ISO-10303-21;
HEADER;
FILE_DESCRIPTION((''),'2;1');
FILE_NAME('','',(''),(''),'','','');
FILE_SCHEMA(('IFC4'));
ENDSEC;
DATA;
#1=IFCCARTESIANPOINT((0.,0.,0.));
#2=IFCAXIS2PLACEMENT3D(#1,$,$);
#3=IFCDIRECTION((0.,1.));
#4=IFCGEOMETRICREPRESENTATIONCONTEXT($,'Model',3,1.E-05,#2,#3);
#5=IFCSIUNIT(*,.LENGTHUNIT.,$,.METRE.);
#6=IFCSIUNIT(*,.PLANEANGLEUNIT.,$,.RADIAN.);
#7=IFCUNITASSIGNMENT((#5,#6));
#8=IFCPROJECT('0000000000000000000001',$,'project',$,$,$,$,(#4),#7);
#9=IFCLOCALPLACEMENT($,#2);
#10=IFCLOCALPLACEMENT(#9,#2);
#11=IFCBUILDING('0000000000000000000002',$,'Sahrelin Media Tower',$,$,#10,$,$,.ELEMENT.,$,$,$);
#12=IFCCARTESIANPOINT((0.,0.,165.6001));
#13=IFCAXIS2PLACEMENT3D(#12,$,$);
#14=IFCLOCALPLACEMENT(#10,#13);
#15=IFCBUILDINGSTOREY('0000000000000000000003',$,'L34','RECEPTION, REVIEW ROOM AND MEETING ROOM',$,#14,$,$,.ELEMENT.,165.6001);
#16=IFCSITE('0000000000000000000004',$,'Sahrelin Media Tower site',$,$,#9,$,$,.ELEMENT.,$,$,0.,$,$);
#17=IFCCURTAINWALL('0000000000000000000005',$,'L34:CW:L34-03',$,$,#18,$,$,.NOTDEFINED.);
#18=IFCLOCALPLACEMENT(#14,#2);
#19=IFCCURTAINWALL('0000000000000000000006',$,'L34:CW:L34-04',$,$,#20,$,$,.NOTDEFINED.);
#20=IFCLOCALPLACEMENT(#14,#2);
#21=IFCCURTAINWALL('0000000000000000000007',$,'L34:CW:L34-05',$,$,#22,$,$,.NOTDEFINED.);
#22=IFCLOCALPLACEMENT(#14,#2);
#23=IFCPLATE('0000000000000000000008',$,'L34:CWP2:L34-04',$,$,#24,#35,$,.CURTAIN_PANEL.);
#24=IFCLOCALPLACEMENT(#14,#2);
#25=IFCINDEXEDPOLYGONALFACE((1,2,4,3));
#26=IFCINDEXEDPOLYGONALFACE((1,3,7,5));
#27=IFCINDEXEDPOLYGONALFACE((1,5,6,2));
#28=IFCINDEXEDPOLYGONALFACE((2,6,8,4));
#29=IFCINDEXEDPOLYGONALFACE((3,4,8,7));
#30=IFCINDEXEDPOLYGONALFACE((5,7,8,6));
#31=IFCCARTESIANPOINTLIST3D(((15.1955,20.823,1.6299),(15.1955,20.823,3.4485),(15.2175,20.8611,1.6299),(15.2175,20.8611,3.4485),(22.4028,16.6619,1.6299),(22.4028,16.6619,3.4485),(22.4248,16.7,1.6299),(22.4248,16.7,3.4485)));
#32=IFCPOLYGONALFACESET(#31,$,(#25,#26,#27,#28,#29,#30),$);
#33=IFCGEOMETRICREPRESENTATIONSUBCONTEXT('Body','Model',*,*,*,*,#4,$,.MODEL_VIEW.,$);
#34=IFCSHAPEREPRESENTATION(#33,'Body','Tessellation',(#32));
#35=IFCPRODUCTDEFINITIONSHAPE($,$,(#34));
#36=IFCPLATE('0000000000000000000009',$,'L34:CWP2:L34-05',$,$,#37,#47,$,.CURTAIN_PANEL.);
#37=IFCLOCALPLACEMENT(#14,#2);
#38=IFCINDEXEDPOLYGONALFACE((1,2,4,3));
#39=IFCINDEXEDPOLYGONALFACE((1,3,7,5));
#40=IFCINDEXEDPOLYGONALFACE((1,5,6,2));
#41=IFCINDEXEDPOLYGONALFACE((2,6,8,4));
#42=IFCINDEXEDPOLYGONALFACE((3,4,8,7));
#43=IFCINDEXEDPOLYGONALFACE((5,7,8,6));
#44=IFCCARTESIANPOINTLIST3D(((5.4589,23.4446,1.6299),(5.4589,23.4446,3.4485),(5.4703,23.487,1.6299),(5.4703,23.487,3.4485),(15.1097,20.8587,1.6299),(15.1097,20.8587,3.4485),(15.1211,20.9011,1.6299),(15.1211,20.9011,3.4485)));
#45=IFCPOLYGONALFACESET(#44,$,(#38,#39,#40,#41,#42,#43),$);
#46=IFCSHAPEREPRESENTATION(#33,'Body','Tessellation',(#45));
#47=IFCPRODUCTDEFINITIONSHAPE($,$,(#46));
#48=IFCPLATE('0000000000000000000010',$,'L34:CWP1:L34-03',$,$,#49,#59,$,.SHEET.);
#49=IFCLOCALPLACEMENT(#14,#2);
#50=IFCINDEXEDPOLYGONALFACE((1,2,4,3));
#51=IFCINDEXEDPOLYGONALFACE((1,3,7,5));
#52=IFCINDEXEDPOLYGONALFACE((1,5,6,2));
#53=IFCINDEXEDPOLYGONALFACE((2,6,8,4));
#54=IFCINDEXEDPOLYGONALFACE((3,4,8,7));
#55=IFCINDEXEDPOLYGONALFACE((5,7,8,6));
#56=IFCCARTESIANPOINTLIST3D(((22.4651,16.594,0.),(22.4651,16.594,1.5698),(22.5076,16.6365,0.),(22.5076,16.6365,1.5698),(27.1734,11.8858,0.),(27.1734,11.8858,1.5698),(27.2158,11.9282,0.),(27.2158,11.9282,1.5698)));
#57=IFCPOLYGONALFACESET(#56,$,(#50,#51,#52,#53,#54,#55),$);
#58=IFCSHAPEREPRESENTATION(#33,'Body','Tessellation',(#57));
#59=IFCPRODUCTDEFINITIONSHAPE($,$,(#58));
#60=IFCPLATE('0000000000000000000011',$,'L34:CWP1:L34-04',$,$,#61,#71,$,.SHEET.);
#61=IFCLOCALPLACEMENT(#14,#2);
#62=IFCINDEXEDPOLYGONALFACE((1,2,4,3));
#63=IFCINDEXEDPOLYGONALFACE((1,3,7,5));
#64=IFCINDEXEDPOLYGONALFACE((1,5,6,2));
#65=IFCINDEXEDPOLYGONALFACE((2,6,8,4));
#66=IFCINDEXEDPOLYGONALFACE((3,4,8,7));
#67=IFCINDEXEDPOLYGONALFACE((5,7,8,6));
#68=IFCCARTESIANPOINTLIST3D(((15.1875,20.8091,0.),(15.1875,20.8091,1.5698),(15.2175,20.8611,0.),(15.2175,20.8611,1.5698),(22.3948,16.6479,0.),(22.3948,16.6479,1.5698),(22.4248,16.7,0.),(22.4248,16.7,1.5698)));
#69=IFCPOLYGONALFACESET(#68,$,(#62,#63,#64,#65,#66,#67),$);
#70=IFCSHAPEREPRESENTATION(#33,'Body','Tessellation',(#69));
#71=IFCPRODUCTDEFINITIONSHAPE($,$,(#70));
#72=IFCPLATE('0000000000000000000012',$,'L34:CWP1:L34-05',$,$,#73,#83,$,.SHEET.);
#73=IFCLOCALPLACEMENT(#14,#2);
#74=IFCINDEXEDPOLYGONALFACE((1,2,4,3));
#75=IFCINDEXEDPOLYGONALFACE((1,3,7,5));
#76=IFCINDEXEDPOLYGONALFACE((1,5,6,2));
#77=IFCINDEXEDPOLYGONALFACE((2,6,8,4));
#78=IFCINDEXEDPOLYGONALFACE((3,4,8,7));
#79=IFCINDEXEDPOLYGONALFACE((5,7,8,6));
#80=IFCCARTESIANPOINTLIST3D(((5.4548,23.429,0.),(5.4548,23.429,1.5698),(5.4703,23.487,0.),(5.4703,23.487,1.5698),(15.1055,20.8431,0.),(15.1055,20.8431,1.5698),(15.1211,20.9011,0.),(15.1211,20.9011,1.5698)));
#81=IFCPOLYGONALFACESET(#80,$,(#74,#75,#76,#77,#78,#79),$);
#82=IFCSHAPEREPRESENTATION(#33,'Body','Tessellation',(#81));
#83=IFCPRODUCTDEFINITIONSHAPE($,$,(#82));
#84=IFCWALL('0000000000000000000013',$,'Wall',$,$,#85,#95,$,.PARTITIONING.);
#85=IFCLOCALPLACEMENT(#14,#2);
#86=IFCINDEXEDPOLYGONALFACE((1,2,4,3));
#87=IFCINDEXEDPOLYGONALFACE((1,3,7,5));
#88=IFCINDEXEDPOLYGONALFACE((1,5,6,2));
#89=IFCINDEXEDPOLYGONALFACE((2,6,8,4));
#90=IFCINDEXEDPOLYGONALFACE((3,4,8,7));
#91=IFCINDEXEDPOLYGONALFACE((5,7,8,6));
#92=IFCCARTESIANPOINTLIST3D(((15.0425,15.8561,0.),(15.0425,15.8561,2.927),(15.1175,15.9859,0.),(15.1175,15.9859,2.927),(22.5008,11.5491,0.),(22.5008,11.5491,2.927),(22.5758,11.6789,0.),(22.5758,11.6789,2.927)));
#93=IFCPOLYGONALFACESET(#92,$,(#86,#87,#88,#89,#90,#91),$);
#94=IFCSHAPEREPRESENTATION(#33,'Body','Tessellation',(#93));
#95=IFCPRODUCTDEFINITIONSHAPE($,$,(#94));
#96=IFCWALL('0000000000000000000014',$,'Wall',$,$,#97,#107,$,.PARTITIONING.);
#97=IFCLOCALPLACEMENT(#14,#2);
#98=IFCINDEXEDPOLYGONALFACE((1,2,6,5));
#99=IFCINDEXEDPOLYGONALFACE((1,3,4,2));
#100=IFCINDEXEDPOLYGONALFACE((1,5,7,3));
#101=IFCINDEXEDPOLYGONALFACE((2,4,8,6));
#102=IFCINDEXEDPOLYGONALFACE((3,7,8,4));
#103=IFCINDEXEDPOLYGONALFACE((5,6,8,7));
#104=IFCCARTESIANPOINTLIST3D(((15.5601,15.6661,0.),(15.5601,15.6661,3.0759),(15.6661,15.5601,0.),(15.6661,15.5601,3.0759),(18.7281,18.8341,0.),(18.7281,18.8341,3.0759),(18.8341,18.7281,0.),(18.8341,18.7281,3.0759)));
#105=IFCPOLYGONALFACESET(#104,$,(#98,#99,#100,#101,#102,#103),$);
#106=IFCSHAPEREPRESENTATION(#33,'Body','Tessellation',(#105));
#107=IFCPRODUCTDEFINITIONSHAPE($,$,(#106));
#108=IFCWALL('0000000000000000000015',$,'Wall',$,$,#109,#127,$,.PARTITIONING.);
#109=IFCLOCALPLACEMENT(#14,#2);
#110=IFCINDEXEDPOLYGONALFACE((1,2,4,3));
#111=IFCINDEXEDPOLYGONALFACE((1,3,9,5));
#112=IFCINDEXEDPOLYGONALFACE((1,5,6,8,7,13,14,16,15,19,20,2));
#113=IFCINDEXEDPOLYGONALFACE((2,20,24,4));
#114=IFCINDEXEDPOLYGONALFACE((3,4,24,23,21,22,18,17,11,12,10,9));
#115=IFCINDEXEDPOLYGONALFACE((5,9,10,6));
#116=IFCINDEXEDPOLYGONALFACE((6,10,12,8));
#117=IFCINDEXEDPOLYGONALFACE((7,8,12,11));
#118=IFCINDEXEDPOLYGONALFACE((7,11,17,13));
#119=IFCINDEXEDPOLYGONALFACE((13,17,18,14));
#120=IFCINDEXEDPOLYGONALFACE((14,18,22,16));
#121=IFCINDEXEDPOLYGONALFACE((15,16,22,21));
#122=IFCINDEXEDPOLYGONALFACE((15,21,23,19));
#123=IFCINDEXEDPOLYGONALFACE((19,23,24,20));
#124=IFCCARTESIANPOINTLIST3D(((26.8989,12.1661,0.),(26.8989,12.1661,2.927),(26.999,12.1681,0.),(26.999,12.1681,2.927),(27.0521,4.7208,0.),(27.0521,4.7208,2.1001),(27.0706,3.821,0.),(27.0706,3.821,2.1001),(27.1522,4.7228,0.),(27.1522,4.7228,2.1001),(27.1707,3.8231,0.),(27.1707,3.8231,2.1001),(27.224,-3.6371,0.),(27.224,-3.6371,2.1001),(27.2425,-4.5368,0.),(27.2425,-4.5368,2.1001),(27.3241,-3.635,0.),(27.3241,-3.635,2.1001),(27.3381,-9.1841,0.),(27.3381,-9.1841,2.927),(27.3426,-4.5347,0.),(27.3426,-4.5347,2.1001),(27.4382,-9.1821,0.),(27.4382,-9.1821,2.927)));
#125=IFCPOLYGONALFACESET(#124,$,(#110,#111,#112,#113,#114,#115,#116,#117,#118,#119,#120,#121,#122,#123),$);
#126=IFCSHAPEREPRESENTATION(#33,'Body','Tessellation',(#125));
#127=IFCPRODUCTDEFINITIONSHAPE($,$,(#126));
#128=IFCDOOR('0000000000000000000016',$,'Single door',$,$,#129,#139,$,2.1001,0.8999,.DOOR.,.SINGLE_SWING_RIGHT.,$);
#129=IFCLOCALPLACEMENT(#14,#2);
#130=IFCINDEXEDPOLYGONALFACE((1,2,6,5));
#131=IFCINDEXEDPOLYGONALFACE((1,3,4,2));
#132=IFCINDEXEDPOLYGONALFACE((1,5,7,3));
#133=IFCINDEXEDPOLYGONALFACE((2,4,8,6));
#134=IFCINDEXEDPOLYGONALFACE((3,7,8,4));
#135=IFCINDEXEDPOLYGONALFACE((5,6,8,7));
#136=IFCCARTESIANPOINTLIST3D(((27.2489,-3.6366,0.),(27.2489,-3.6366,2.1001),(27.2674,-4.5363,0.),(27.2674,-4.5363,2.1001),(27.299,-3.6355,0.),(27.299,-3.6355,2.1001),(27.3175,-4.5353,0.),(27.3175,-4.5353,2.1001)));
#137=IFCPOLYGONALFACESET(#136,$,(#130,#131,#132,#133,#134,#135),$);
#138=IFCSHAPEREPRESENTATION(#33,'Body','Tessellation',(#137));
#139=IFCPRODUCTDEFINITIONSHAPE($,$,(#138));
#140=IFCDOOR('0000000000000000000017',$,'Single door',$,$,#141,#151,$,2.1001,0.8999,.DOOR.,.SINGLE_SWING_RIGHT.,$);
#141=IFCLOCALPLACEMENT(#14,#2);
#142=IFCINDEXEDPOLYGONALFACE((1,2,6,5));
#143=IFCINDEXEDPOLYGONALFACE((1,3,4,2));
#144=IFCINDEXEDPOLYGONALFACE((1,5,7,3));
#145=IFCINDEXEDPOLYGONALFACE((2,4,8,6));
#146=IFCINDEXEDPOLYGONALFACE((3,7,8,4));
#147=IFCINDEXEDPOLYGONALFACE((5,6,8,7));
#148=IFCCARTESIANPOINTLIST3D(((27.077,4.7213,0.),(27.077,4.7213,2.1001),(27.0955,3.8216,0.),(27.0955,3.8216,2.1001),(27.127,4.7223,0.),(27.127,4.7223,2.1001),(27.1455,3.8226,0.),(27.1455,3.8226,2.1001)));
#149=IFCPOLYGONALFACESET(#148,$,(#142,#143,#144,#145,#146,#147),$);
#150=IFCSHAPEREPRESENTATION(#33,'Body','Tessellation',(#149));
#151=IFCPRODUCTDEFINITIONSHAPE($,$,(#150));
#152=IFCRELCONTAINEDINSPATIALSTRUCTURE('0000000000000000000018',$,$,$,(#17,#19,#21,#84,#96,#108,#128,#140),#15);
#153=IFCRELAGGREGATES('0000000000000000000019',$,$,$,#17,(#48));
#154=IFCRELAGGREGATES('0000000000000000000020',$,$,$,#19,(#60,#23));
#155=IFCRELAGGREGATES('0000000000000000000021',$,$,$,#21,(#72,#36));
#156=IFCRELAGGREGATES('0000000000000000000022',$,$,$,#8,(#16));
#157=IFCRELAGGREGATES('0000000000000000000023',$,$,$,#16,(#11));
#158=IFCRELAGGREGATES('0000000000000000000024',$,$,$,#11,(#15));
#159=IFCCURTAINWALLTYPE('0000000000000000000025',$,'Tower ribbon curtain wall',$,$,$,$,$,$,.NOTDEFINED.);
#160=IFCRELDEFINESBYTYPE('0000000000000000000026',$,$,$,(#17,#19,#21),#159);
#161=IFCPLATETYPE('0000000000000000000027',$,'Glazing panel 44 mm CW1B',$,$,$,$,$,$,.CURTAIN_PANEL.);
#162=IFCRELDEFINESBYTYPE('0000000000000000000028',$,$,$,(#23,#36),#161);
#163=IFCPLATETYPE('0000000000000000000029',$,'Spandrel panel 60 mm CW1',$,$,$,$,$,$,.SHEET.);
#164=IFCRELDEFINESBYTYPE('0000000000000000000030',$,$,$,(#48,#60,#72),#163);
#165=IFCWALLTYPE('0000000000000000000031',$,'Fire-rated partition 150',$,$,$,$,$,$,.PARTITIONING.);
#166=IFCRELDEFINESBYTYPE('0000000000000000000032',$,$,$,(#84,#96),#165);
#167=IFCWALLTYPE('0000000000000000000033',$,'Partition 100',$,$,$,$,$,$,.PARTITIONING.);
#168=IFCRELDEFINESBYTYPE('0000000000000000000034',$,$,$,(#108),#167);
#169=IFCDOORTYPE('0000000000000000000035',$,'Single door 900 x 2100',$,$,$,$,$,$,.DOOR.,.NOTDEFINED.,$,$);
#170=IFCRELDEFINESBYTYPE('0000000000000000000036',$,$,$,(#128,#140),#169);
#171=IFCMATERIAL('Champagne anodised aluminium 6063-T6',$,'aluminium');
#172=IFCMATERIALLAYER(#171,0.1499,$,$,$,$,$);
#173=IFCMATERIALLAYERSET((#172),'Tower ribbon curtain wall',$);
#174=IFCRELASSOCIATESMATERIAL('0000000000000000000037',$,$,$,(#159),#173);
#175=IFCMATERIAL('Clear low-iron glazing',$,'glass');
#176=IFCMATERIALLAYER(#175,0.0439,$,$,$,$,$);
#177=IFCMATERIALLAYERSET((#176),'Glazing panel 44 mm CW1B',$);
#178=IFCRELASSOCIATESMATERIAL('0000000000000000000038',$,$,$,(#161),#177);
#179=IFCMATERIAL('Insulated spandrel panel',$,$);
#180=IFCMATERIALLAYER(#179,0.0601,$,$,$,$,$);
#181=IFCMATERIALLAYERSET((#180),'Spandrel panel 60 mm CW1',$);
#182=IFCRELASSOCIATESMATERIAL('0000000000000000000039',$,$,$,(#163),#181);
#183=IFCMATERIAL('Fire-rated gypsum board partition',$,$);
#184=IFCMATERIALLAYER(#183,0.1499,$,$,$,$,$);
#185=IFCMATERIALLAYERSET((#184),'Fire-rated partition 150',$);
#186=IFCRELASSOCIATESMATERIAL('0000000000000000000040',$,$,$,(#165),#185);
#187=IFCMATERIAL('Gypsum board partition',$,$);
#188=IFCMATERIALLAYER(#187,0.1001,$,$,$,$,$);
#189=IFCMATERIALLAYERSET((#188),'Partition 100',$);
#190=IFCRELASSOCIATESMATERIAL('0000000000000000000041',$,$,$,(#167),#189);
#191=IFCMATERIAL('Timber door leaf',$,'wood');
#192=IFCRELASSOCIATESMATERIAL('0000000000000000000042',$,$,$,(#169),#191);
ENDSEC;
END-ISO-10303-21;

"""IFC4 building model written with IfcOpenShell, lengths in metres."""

from ifc_helpers import new_model, si_unit, direction, frame, frame_2d, origin, place, context, subcontext, project, spatial, polyline, rectangle, outline, extrude, material, layer, layer_set, type_object, element, fill, aggregate, save


model = new_model("IFC4")

# Units and contexts
model_context = context("Model", 3, precision=1e-05, world=origin(), true_north=direction((0.0, 1.0)))
body_context = subcontext(model_context, "Body", "Model", "MODEL_VIEW")
ifc_project = project(units=[si_unit("LENGTHUNIT", "METRE"), si_unit("PLANEANGLEUNIT", "RADIAN")], contexts=[model_context])

# Site, building, storey
site_placement = place(None, origin())
site = spatial("IfcSite", under=ifc_project, at=site_placement, Name="Sahrelin Media Tower site", CompositionType="ELEMENT", RefElevation=0.0)
building_placement = place(site_placement, origin())
building = spatial("IfcBuilding", under=site, at=building_placement, Name="Sahrelin Media Tower", CompositionType="ELEMENT")
storey_placement = place(building_placement, frame((0.0, 0.0, 165.6001)))
storey = spatial("IfcBuildingStorey", under=building, at=storey_placement, Name="L34", Description="RECEPTION, REVIEW ROOM AND MEETING ROOM", CompositionType="ELEMENT", Elevation=165.6001)

# Curtain walls
ifc_material_1 = material(Name="Champagne anodised aluminium 6063-T6", Category="aluminium")
ifc_layer_1 = layer(ifc_material_1, 0.1499)
ifc_layer_set_1 = layer_set([ifc_layer_1], Name="Tower ribbon curtain wall")
curtain_wall_type = type_object("IfcCurtainWallType", Name="Tower ribbon curtain wall", PredefinedType="NOTDEFINED", material=ifc_layer_set_1)
curtain_wall_1_placement = place(storey_placement, frame((24.8474, 14.2683, 0.0), z_axis=(0.0, 0.0, 1.0), x_axis=(1.0, 0.0, 0.0)))
curtain_wall_1 = element("IfcCurtainWall", 1, at=curtain_wall_1_placement, inside=storey, type_object=curtain_wall_type, Name="L34:CW:L34-03", PredefinedType="NOTDEFINED")
curtain_wall_2_placement = place(storey_placement, frame((18.8113, 18.7632, 0.0), z_axis=(0.0, 0.0, 1.0), x_axis=(1.0, 0.0, 0.0)))
curtain_wall_2 = element("IfcCurtainWall", 2, at=curtain_wall_2_placement, inside=storey, type_object=curtain_wall_type, Name="L34:CW:L34-04", PredefinedType="NOTDEFINED")

# Curtain wall
curtain_wall_3_placement = place(storey_placement, frame((10.2905, 22.1748, 0.0), z_axis=(0.0, 0.0, 1.0), x_axis=(1.0, 0.0, 0.0)))
curtain_wall_3 = element("IfcCurtainWall", 3, at=curtain_wall_3_placement, inside=storey, type_object=curtain_wall_type, Name="L34:CW:L34-05", PredefinedType="NOTDEFINED")

# Plates
ifc_material_2 = material(Name="Clear low-iron glazing", Category="glass")
ifc_layer_2 = layer(ifc_material_2, 0.0439)
ifc_layer_set_2 = layer_set([ifc_layer_2], Name="Glazing panel 44 mm CW1B")
plate_type_1 = type_object("IfcPlateType", Name="Glazing panel 44 mm CW1B", PredefinedType="CURTAIN_PANEL", material=ifc_layer_set_2)
plate_1_placement = place(storey_placement, frame((22.4248, 16.7, 1.6299), z_axis=(0.500001, 0.866025, 0.0), x_axis=(-0.866025, 0.500001, 0.0)))
plate_1 = element("IfcPlate", 4, at=plate_1_placement, type_object=plate_type_1, Name="L34:CWP2:L34-04", PredefinedType="CURTAIN_PANEL", context=body_context, shape_type="SweptSolid", body=[
    extrude(outline(polyline([(0.0, 0.0), (8.3223, 0.0), (8.3223, 1.8186), (0.0, 1.8186), (0.0, 0.0)])), origin(), (0.0, 0.0, -1.0), 0.0439),
])
plate_2_placement = place(storey_placement, frame((15.1211, 20.9011, 1.6299), z_axis=(0.258818, 0.965926, 0.0), x_axis=(-0.965926, 0.258818, 0.0)))
plate_2 = element("IfcPlate", 5, at=plate_2_placement, type_object=plate_type_1, Name="L34:CWP2:L34-05", PredefinedType="CURTAIN_PANEL", context=body_context, shape_type="SweptSolid", body=[
    extrude(outline(polyline([(0.0, 0.0), (9.9912, 0.0), (9.9912, 1.8186), (0.0, 1.8186), (0.0, 0.0)])), origin(), (0.0, 0.0, -1.0), 0.0439),
])
ifc_material_3 = material(Name="Insulated spandrel panel")
ifc_layer_3 = layer(ifc_material_3, 0.0601)
ifc_layer_set_3 = layer_set([ifc_layer_3], Name="Spandrel panel 60 mm CW1")
plate_type_2 = type_object("IfcPlateType", Name="Spandrel panel 60 mm CW1", PredefinedType="SHEET", material=ifc_layer_set_3)
plate_3_placement = place(storey_placement, frame((27.2158, 11.9282, 0.0), z_axis=(0.707107, 0.707107, 0.0), x_axis=(-0.707107, 0.707107, 0.0)))
plate_3 = element("IfcPlate", 6, at=plate_3_placement, type_object=plate_type_2, Name="L34:CWP1:L34-03", PredefinedType="SHEET", context=body_context, shape_type="SweptSolid", body=[
    extrude(outline(polyline([(0.0, 0.0), (6.6584, 0.0), (6.6584, 1.5698), (0.0, 1.5698), (0.0, 0.0)])), origin(), (0.0, 0.0, -1.0), 0.0601),
])
aggregate(curtain_wall_1, [plate_3])
plate_4_placement = place(storey_placement, frame((22.4248, 16.7, 0.0), z_axis=(0.500001, 0.866025, 0.0), x_axis=(-0.866025, 0.500001, 0.0)))
plate_4 = element("IfcPlate", 7, at=plate_4_placement, type_object=plate_type_2, Name="L34:CWP1:L34-04", PredefinedType="SHEET", context=body_context, shape_type="SweptSolid", body=[
    extrude(outline(polyline([(0.0, 0.0), (8.3223, 0.0), (8.3223, 1.5698), (0.0, 1.5698), (0.0, 0.0)])), origin(), (0.0, 0.0, -1.0), 0.0601),
])
aggregate(curtain_wall_2, [plate_4, plate_1])
plate_5_placement = place(storey_placement, frame((15.1211, 20.9011, 0.0), z_axis=(0.258818, 0.965926, 0.0), x_axis=(-0.965926, 0.258818, 0.0)))
plate_5 = element("IfcPlate", 8, at=plate_5_placement, type_object=plate_type_2, Name="L34:CWP1:L34-05", PredefinedType="SHEET", context=body_context, shape_type="SweptSolid", body=[
    extrude(outline(polyline([(0.0, 0.0), (9.9912, 0.0), (9.9912, 1.5698), (0.0, 1.5698), (0.0, 0.0)])), origin(), (0.0, 0.0, -1.0), 0.0601),
])
aggregate(curtain_wall_3, [plate_5, plate_2])

# Walls
ifc_material_4 = material(Name="Fire-rated gypsum board partition")
ifc_layer_4 = layer(ifc_material_4, 0.1499)
ifc_layer_set_4 = layer_set([ifc_layer_4], Name="Fire-rated partition 150")
wall_type_1 = type_object("IfcWallType", Name="Fire-rated partition 150", PredefinedType="PARTITIONING", material=ifc_layer_set_4)
wall_1_placement = place(storey_placement, frame((15.0801, 15.9209, 0.0), z_axis=(0.0, 0.0, 1.0), x_axis=(0.865982, -0.500075, 0.0)))
element("IfcWall", 9, at=wall_1_placement, inside=storey, type_object=wall_type_1, Name="Wall", PredefinedType="PARTITIONING", context=body_context, shape_type="SweptSolid", body=[
    extrude(rectangle(XDim=8.6125, YDim=0.1499, at=frame_2d((4.3062, 0.0))), origin(), (0.0, 0.0, 1.0), 2.927),
])
wall_2_placement = place(storey_placement, frame((15.613, 15.613, 0.0), z_axis=(0.0, 0.0, 1.0), x_axis=(0.707107, 0.707107, 0.0)))
element("IfcWall", 10, at=wall_2_placement, inside=storey, type_object=wall_type_1, Name="Wall", PredefinedType="PARTITIONING", context=body_context, shape_type="SweptSolid", body=[
    extrude(rectangle(XDim=4.4802, YDim=0.1499, at=frame_2d((2.2402, 0.0))), origin(), (0.0, 0.0, 1.0), 3.0759),
])

# Wall, openings, doors
ifc_material_5 = material(Name="Gypsum board partition")
ifc_layer_5 = layer(ifc_material_5, 0.1001)
ifc_layer_set_5 = layer_set([ifc_layer_5], Name="Partition 100")
wall_type_2 = type_object("IfcWallType", Name="Partition 100", PredefinedType="PARTITIONING", material=ifc_layer_set_5)
wall_3_placement = place(storey_placement, frame((26.949, 12.167, 0.0), z_axis=(0.0, 0.0, 1.0), x_axis=(0.020567, -0.999788, 0.0)))
wall_3 = element("IfcWall", 11, at=wall_3_placement, inside=storey, type_object=wall_type_2, Name="Wall", PredefinedType="PARTITIONING", context=body_context, shape_type="SweptSolid", body=[
    extrude(rectangle(XDim=21.3547, YDim=0.1001, at=frame_2d((10.6772, 0.0))), origin(), (0.0, 0.0, 1.0), 2.927),
])
opening_1_placement = place(wall_3_placement, frame((15.8064, 0.0, 0.0)))
opening_1 = element("IfcOpeningElement", 12, at=opening_1_placement, cuts=wall_3, PredefinedType="OPENING", context=body_context, shape_type="SweptSolid", body=[
    extrude(rectangle(XDim=0.8999, YDim=2.1001, at=frame_2d((0.45, 1.05))), frame((0.0, 0.05, 0.0), z_axis=(0.0, -1.0, 0.0), x_axis=(1.0, 0.0, 0.0)), (0.0, 0.0, 1.0), 0.1001),
])
opening_2_placement = place(wall_3_placement, frame((7.4468, 0.0, 0.0)))
opening_2 = element("IfcOpeningElement", 13, at=opening_2_placement, cuts=wall_3, PredefinedType="OPENING", context=body_context, shape_type="SweptSolid", body=[
    extrude(rectangle(XDim=0.8999, YDim=2.1001, at=frame_2d((0.45, 1.05))), frame((0.0, 0.05, 0.0), z_axis=(0.0, -1.0, 0.0), x_axis=(1.0, 0.0, 0.0)), (0.0, 0.0, 1.0), 0.1001),
])
ifc_material_6 = material(Name="Timber door leaf", Category="wood")
door_type = type_object("IfcDoorType", Name="Single door 900 x 2100", OperationType="NOTDEFINED", PredefinedType="DOOR", material=ifc_material_6)
door_1_placement = place(opening_1_placement, origin())
door_1 = element("IfcDoor", 14, at=door_1_placement, inside=storey, type_object=door_type, Name="Single door", OperationType="SINGLE_SWING_RIGHT", OverallHeight=2.1001, OverallWidth=0.8999, PredefinedType="DOOR", context=body_context, shape_type="SweptSolid", body=[
    extrude(rectangle(XDim=0.8999, YDim=2.1001, at=frame_2d((0.45, 1.05))), frame((0.0, 0.0249, 0.0), z_axis=(0.0, -1.0, 0.0), x_axis=(1.0, 0.0, 0.0)), (0.0, 0.0, 1.0), 0.05),
])
fill(opening_1, door_1)
door_2_placement = place(opening_2_placement, origin())
door_2 = element("IfcDoor", 15, at=door_2_placement, inside=storey, type_object=door_type, Name="Single door", OperationType="SINGLE_SWING_RIGHT", OverallHeight=2.1001, OverallWidth=0.8999, PredefinedType="DOOR", context=body_context, shape_type="SweptSolid", body=[
    extrude(rectangle(XDim=0.8999, YDim=2.1001, at=frame_2d((0.45, 1.05))), frame((0.0, 0.0249, 0.0), z_axis=(0.0, -1.0, 0.0), x_axis=(1.0, 0.0, 0.0)), (0.0, 0.0, 1.0), 0.05),
])
fill(opening_2, door_2)

save(model, "model.ifc")
